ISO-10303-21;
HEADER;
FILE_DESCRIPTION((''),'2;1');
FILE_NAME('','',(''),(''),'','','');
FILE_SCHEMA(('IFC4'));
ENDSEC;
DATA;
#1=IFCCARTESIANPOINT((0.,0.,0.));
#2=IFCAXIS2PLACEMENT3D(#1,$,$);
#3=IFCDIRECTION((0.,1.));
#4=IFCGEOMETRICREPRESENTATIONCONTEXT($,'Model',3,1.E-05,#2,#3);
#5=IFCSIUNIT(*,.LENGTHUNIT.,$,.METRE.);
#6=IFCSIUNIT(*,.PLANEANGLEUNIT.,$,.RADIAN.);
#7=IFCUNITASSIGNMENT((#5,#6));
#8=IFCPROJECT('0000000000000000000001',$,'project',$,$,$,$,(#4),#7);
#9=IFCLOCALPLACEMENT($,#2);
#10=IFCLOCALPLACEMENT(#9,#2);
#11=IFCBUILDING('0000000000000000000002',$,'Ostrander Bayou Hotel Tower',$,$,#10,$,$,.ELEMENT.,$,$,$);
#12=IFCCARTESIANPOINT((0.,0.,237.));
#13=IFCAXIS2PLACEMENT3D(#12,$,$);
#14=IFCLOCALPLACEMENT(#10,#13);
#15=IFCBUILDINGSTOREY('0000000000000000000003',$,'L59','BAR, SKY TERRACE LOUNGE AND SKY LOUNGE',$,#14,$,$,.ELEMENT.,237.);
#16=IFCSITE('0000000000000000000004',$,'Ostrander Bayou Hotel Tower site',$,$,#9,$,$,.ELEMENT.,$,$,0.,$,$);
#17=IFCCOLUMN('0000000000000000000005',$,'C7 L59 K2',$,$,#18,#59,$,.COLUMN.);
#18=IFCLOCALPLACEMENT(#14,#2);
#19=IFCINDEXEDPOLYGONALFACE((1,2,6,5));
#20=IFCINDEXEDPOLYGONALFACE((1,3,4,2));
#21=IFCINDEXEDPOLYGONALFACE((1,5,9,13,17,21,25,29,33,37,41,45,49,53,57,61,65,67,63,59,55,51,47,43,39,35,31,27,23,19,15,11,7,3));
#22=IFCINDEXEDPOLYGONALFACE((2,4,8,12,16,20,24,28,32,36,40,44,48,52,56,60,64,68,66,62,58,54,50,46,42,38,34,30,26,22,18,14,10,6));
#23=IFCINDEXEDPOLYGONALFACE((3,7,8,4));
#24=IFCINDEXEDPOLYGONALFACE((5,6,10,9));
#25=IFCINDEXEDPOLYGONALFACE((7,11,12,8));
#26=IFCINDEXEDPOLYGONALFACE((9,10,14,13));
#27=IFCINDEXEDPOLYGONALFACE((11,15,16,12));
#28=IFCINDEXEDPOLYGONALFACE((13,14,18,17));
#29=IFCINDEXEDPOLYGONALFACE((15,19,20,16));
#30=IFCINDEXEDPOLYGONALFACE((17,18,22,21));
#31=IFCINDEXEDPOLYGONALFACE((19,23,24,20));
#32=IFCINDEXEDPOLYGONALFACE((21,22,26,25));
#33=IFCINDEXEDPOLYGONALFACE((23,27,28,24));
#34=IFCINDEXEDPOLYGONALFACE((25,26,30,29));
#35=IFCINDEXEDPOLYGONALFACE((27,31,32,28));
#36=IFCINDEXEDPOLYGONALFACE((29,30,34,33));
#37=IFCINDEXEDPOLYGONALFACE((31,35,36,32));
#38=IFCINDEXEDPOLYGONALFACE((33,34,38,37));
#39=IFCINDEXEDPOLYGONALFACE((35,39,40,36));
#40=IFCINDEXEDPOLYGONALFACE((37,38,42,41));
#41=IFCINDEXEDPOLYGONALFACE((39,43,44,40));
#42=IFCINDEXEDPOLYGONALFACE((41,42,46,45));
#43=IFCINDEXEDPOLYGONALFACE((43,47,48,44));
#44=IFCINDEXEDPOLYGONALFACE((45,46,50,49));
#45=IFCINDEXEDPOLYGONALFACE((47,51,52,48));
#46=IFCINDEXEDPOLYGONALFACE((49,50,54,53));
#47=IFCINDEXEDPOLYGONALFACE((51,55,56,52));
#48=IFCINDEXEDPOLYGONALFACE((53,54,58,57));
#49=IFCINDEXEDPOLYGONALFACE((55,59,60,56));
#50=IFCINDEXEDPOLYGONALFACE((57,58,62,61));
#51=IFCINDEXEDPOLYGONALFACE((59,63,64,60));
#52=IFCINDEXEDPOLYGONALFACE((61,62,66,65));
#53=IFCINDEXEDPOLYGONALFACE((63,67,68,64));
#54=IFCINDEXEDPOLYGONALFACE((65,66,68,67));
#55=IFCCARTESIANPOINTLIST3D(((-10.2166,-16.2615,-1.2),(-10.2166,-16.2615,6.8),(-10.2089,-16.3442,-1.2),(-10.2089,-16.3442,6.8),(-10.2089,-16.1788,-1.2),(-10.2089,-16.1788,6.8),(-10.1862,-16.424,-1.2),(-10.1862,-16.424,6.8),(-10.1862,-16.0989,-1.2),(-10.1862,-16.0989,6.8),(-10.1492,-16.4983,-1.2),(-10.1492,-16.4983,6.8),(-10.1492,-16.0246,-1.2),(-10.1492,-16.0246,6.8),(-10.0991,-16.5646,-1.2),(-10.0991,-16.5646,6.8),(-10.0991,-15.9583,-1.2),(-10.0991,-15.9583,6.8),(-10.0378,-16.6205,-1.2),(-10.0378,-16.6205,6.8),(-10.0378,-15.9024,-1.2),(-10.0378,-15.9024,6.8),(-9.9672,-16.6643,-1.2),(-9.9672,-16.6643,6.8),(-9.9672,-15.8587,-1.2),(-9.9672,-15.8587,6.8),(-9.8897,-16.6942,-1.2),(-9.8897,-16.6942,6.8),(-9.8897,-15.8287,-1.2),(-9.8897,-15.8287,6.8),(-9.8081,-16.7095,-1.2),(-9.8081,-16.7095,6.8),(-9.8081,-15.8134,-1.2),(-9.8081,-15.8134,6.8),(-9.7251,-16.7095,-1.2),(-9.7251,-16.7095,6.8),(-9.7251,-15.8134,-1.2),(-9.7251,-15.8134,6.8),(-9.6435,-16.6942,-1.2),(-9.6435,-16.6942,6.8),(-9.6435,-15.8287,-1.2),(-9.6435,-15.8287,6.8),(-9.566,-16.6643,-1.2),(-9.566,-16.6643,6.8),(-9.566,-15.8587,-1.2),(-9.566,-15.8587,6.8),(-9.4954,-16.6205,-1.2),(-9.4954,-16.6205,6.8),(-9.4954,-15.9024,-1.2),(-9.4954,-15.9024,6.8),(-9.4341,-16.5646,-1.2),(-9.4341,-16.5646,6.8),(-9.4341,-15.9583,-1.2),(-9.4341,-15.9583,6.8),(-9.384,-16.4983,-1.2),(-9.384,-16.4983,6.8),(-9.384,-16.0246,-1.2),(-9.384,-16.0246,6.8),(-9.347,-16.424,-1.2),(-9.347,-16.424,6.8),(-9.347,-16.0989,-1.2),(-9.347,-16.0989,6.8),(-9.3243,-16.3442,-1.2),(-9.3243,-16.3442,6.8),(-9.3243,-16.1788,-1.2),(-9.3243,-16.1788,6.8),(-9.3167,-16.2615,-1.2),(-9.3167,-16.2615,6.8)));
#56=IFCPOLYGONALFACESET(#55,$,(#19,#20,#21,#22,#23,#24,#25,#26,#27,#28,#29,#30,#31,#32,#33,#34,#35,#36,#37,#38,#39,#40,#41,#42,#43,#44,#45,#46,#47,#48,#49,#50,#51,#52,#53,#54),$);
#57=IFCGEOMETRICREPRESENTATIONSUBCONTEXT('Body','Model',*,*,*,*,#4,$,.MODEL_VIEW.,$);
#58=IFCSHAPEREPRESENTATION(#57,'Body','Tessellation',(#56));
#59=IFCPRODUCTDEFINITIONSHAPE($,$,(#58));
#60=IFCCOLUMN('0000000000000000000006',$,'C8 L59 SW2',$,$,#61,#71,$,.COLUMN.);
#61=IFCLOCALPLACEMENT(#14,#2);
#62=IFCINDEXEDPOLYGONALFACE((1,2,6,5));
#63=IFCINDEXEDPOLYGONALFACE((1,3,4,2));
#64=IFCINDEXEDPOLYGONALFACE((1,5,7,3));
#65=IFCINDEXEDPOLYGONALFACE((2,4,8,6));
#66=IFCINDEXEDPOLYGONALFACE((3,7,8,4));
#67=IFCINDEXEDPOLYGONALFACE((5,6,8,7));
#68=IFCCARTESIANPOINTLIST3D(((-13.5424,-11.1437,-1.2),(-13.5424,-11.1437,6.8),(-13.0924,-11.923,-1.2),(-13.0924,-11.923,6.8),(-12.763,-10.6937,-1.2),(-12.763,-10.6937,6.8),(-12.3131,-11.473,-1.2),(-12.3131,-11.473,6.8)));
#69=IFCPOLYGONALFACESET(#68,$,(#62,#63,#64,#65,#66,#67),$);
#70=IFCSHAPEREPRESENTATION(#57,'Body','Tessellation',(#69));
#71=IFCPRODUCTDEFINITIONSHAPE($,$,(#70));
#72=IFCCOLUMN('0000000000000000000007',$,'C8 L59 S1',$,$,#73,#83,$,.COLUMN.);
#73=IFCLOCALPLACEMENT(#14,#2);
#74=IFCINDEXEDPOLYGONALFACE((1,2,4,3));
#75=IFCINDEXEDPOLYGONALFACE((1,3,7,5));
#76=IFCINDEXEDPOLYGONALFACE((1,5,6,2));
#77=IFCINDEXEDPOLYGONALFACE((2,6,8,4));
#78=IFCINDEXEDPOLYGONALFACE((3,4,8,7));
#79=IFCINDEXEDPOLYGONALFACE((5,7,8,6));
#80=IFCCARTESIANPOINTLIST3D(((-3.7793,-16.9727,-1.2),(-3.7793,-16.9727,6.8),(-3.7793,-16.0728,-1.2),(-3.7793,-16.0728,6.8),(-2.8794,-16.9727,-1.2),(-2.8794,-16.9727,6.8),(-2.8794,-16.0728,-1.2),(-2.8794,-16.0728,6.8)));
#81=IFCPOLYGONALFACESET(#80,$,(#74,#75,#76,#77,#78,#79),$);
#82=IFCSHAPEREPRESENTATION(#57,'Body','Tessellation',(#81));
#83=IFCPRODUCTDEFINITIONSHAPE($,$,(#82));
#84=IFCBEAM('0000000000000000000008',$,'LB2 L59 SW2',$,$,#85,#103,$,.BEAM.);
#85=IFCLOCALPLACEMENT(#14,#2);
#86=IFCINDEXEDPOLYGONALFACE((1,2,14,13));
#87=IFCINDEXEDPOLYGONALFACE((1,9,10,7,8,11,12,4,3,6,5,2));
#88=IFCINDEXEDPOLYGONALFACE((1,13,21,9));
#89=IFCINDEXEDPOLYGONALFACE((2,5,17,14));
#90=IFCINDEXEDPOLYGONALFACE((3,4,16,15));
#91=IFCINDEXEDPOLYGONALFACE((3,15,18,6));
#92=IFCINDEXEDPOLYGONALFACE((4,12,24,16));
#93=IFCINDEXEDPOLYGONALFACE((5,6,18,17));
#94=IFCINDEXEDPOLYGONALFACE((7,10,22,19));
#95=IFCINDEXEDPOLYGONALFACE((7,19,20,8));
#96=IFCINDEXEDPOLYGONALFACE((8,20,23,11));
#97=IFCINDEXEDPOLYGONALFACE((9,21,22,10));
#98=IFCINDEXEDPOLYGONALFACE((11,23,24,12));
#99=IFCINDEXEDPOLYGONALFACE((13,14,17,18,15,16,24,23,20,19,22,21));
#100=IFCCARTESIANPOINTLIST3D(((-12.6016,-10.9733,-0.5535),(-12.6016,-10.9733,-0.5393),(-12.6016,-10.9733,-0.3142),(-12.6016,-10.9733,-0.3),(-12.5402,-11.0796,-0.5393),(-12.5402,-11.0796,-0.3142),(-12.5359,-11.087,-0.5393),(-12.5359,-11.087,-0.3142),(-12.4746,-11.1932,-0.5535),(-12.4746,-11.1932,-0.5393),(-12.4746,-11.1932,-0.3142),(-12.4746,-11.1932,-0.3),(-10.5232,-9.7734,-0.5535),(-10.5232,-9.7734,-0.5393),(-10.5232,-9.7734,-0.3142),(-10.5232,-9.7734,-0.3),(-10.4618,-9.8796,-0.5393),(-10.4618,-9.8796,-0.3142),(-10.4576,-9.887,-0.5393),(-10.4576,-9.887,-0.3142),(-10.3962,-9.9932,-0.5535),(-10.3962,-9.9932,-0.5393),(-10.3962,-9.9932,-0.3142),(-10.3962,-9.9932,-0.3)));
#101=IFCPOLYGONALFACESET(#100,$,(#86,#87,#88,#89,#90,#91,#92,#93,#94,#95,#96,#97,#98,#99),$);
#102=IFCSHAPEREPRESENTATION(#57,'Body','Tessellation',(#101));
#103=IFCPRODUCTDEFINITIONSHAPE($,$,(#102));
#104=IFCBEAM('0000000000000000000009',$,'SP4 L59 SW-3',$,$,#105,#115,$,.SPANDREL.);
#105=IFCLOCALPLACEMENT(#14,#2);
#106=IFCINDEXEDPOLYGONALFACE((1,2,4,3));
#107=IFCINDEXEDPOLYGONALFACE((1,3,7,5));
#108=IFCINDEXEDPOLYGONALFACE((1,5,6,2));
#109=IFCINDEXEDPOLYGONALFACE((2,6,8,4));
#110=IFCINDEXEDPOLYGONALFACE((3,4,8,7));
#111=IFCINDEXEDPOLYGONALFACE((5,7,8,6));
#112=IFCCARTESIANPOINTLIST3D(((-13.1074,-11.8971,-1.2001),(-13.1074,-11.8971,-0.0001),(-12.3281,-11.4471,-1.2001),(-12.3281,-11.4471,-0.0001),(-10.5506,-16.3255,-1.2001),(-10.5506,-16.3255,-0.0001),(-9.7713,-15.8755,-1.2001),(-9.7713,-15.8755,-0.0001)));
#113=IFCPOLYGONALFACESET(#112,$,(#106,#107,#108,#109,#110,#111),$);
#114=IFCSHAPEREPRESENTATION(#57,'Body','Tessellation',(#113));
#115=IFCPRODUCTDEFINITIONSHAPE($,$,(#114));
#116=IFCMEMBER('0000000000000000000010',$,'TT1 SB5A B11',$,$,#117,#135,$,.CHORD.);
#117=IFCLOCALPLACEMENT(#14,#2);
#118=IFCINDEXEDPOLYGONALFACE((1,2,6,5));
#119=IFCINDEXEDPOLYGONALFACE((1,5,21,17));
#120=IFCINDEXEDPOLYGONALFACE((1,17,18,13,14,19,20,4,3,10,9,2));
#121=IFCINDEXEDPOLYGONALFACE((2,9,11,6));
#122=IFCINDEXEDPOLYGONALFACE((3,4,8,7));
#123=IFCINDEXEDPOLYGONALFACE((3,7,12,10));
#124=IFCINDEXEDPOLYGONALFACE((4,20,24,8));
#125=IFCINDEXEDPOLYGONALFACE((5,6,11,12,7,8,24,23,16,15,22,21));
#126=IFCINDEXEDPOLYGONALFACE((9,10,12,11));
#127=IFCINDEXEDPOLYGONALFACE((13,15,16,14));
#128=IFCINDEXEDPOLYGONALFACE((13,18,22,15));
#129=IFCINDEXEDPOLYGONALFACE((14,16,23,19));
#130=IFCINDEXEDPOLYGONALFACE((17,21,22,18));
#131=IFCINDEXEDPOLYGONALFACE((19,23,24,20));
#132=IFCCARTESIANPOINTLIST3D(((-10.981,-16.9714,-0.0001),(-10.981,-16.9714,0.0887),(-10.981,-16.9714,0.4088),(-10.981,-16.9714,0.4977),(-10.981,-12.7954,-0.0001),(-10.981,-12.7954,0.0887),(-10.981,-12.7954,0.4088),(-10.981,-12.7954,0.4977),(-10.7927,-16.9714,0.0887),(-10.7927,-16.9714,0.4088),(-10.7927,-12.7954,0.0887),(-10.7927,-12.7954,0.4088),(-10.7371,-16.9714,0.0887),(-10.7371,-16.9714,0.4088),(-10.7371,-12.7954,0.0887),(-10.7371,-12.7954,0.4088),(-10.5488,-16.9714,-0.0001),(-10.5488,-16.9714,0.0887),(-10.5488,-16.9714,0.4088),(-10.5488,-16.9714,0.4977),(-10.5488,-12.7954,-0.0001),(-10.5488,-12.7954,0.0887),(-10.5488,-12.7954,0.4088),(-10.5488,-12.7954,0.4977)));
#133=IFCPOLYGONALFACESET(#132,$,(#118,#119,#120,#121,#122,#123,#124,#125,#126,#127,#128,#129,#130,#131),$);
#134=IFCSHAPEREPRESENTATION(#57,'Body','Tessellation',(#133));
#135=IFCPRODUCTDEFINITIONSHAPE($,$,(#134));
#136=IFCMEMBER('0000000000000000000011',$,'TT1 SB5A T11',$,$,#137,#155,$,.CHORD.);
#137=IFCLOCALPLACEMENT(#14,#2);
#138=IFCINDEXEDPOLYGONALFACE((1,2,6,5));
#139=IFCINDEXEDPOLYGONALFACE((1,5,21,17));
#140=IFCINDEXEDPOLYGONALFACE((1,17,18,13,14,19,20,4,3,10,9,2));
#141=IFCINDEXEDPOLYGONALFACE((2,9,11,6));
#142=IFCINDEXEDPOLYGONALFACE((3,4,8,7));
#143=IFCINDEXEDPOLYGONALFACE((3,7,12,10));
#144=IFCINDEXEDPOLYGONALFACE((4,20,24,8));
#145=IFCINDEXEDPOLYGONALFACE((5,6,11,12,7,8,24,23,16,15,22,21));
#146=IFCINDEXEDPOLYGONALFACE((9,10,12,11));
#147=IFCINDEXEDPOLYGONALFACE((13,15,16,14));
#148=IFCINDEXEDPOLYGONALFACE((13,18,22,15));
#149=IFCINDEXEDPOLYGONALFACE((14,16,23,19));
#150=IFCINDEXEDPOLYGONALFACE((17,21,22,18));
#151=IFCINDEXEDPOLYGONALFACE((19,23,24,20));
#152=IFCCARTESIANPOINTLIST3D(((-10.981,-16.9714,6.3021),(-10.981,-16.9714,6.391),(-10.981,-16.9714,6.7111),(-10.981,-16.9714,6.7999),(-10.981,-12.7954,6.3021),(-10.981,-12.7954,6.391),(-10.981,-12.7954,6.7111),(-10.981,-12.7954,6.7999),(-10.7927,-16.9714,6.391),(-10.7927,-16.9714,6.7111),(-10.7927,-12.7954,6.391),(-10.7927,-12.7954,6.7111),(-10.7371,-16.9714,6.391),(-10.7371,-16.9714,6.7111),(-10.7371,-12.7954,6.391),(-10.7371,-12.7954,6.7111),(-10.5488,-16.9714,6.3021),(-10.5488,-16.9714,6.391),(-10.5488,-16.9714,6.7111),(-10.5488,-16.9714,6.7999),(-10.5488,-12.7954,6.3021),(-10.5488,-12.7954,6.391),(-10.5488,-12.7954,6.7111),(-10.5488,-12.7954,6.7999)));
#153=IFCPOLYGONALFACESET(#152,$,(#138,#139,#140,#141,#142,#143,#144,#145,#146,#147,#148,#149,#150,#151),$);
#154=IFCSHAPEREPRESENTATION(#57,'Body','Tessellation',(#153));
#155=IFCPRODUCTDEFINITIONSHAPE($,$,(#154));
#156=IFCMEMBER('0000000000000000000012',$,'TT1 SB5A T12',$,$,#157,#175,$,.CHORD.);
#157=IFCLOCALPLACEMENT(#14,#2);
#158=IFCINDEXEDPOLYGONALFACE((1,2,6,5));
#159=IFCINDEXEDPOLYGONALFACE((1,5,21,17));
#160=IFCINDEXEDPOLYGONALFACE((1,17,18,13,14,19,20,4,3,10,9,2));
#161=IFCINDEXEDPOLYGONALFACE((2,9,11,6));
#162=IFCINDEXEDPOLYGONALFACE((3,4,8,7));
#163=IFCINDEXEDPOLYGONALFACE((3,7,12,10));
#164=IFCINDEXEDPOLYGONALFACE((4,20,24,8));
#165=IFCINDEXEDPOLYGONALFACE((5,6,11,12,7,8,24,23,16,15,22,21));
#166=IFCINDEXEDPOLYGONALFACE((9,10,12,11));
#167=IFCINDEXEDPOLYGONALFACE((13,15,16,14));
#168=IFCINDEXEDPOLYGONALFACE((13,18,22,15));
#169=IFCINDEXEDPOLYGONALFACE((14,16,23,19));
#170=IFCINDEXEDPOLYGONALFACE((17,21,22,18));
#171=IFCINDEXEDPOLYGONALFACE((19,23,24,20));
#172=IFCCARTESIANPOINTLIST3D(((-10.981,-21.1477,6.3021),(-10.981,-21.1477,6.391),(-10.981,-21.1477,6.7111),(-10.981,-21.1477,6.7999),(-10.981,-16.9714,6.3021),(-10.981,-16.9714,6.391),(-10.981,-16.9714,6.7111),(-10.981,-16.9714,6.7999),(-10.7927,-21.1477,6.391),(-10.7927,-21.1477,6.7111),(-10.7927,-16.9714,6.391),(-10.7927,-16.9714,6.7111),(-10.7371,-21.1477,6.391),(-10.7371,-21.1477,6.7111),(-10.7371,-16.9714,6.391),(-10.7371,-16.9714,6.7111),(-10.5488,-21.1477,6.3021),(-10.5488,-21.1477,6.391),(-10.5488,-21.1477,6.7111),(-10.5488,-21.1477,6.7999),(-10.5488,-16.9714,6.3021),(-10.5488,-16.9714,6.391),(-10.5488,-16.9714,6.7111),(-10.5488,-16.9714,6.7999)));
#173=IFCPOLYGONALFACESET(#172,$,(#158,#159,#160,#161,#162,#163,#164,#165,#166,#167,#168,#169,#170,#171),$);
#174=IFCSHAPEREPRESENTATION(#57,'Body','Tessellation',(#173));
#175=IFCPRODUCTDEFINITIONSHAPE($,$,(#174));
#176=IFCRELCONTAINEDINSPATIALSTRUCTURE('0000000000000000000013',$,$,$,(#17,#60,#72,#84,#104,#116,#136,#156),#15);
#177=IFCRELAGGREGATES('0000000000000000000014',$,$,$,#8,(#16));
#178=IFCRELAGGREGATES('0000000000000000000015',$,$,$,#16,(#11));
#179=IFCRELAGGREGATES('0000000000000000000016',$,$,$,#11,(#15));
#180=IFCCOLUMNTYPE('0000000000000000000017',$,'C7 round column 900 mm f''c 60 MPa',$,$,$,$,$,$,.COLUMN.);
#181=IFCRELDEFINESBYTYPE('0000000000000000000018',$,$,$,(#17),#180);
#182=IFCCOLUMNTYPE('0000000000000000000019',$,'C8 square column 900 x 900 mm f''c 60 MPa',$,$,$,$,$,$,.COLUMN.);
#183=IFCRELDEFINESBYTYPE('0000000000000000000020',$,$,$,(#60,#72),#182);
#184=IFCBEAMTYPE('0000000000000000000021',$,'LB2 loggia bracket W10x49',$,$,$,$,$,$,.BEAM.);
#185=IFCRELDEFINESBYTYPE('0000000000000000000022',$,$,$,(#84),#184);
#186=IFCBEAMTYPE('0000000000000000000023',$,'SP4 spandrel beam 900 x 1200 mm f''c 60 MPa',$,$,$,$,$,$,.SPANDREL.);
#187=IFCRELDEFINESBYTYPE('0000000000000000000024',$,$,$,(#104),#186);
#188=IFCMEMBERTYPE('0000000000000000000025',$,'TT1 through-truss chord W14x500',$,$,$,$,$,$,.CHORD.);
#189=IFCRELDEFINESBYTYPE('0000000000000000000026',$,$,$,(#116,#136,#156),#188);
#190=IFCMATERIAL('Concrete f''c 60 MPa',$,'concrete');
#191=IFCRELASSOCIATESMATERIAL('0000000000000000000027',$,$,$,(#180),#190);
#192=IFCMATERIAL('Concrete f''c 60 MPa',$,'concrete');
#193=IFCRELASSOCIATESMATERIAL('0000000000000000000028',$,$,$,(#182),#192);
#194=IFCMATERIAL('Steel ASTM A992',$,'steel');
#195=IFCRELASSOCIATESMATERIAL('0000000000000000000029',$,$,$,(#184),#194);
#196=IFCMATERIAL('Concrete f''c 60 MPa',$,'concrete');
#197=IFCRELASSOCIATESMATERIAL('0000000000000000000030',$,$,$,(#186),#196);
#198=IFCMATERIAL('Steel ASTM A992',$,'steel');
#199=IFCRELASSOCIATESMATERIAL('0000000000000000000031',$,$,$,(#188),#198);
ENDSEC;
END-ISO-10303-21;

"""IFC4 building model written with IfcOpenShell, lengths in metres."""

from ifc_helpers import new_model, si_unit, direction, frame, origin, origin_2d, place, context, subcontext, project, spatial, rectangle, circle, i_section, extrude, material, material_profile, profile_set, type_object, element, save


model = new_model("IFC4")

# Units and contexts
model_context = context("Model", 3, precision=1e-05, world=origin(), true_north=direction((0.0, 1.0)))
body_context = subcontext(model_context, "Body", "Model", "MODEL_VIEW")
ifc_project = project(units=[si_unit("LENGTHUNIT", "METRE"), si_unit("PLANEANGLEUNIT", "RADIAN")], contexts=[model_context])

# Site, building, storey
site_placement = place(None, origin())
site = spatial("IfcSite", under=ifc_project, at=site_placement, Name="Ostrander Bayou Hotel Tower site", CompositionType="ELEMENT", RefElevation=0.0)
building_placement = place(site_placement, origin())
building = spatial("IfcBuilding", under=site, at=building_placement, Name="Ostrander Bayou Hotel Tower", CompositionType="ELEMENT")
storey_placement = place(building_placement, frame((0.0, 0.0, 237.0)))
storey = spatial("IfcBuildingStorey", under=building, at=storey_placement, Name="L59", Description="BAR, SKY TERRACE LOUNGE AND SKY LOUNGE", CompositionType="ELEMENT", Elevation=237.0)

# Columns
ifc_material_1 = material(Name="Concrete f'c 60 MPa", Category="concrete")
ifc_material_profile_1 = material_profile(ifc_material_1, circle(Radius=0.45, at=origin_2d()))
ifc_profile_set_1 = profile_set([ifc_material_profile_1], Name="Concrete f'c 60 MPa")
column_type_1 = type_object("IfcColumnType", Name="C7 round column 900 mm f'c 60 MPa", PredefinedType="COLUMN", material=ifc_profile_set_1)
column_placement = place(storey_placement, frame((-9.7666, -16.2615, -1.2), z_axis=(0.0, 0.0, 1.0), x_axis=(1.0, 0.0, 0.0)))
element("IfcColumn", 1, at=column_placement, inside=storey, type_object=column_type_1, Name="C7 L59 K2", PredefinedType="COLUMN", context=body_context, shape_type="SweptSolid", body=[
    extrude(circle(Radius=0.45, at=origin_2d()), origin(), (0.0, 0.0, 1.0), 8.0),
])
ifc_material_2 = material(Name="Concrete f'c 60 MPa", Category="concrete")
ifc_material_profile_2 = material_profile(ifc_material_2, rectangle(XDim=0.8999, YDim=0.8999, at=origin_2d()))
ifc_profile_set_2 = profile_set([ifc_material_profile_2], Name="Concrete f'c 60 MPa")
column_type_2 = type_object("IfcColumnType", Name="C8 square column 900 x 900 mm f'c 60 MPa", PredefinedType="COLUMN", material=ifc_profile_set_2)
for number, where, z_axis, x_axis, name in (
    (2, (-12.9277, -11.3083, -1.2), (0.0, 0.0, 1.0), (-0.5, 0.866025, 0.0), "C8 L59 SW2"),
    (3, (-3.3293, -16.5227, -1.2), (0.0, 0.0, 1.0), (-1.0, 0.0, 0.0), "C8 L59 S1"),
):
    element("IfcColumn", number, at=place(storey_placement, frame(where, z_axis=z_axis, x_axis=x_axis)), inside=storey, type_object=column_type_2, Name=name, PredefinedType="COLUMN", context=body_context, shape_type="SweptSolid", body=[
        extrude(rectangle(XDim=0.8999, YDim=0.8999, at=origin_2d()), origin(), (0.0, 0.0, 1.0), 8.0),
    ])

# Beams
ifc_material_3 = material(Name="Steel ASTM A992", Category="steel")
ifc_material_profile_3 = material_profile(ifc_material_3, i_section(OverallWidth=0.2539, OverallDepth=0.2534, WebThickness=0.0085, FlangeThickness=0.0142, at=origin_2d()))
ifc_profile_set_3 = profile_set([ifc_material_profile_3], Name="Steel ASTM A992")
beam_type_1 = type_object("IfcBeamType", Name="LB2 loggia bracket W10x49", PredefinedType="BEAM", material=ifc_profile_set_3)
beam_1_placement = place(storey_placement, frame((-12.5381, -11.0833, -0.4268), z_axis=(0.866025, 0.500001, 0.0), x_axis=(-0.500001, 0.866025, 0.0)))
element("IfcBeam", 4, at=beam_1_placement, inside=storey, type_object=beam_type_1, Name="LB2 L59 SW2", PredefinedType="BEAM", context=body_context, shape_type="SweptSolid", body=[
    extrude(i_section(OverallWidth=0.2539, OverallDepth=0.2534, WebThickness=0.0085, FlangeThickness=0.0142, at=origin_2d()), origin(), (0.0, 0.0, 1.0), 2.3999),
])
ifc_material_4 = material(Name="Concrete f'c 60 MPa", Category="concrete")
ifc_material_profile_4 = material_profile(ifc_material_4, rectangle(XDim=0.8999, YDim=1.2, at=origin_2d()))
ifc_profile_set_4 = profile_set([ifc_material_profile_4], Name="Concrete f'c 60 MPa")
beam_type_2 = type_object("IfcBeamType", Name="SP4 spandrel beam 900 x 1200 mm f'c 60 MPa", PredefinedType="SPANDREL", material=ifc_profile_set_4)
beam_2_placement = place(storey_placement, frame((-12.7178, -11.6721, -0.6001), z_axis=(0.500016, -0.866016, 0.0), x_axis=(0.866016, 0.500016, 0.0)))
element("IfcBeam", 5, at=beam_2_placement, inside=storey, type_object=beam_type_2, Name="SP4 L59 SW-3", PredefinedType="SPANDREL", context=body_context, shape_type="SweptSolid", body=[
    extrude(rectangle(XDim=0.8999, YDim=1.2, at=origin_2d()), origin(), (0.0, 0.0, 1.0), 5.1135),
])

# Members
ifc_material_5 = material(Name="Steel ASTM A992", Category="steel")
ifc_material_profile_5 = material_profile(ifc_material_5, i_section(OverallWidth=0.4321, OverallDepth=0.4978, WebThickness=0.0557, FlangeThickness=0.0889, at=origin_2d()))
ifc_profile_set_5 = profile_set([ifc_material_profile_5], Name="Steel ASTM A992")
member_type_1 = type_object("IfcMemberType", Name="TT1 through-truss chord W14x500", PredefinedType="CHORD", material=ifc_profile_set_5)
for number, where, z_axis, x_axis, name in (
    (6, (-10.7649, -12.7954, 0.2488), (0.0, -1.0, 0.0), (1.0, 0.0, 0.0), "TT1 SB5A B11"),
    (7, (-10.7649, -12.7954, 6.551), (0.0, -1.0, 0.0), (1.0, 0.0, 0.0), "TT1 SB5A T11"),
):
    element("IfcMember", number, at=place(storey_placement, frame(where, z_axis=z_axis, x_axis=x_axis)), inside=storey, type_object=member_type_1, Name=name, PredefinedType="CHORD", context=body_context, shape_type="SweptSolid", body=[
        extrude(i_section(OverallWidth=0.4321, OverallDepth=0.4978, WebThickness=0.0557, FlangeThickness=0.0889, at=origin_2d()), origin(), (0.0, 0.0, 1.0), 4.176),
    ])
member_1_placement = place(storey_placement, frame((-10.7649, -16.9714, 6.551), z_axis=(0.0, -1.0, 0.0), x_axis=(1.0, 0.0, 0.0)))
element("IfcMember", 8, at=member_1_placement, inside=storey, type_object=member_type_1, Name="TT1 SB5A T12", PredefinedType="CHORD", context=body_context, shape_type="SweptSolid", body=[
    extrude(i_section(OverallWidth=0.4321, OverallDepth=0.4978, WebThickness=0.0557, FlangeThickness=0.0889, at=origin_2d()), origin(), (0.0, 0.0, 1.0), 4.1763),
])

save(model, "model.ifc")
